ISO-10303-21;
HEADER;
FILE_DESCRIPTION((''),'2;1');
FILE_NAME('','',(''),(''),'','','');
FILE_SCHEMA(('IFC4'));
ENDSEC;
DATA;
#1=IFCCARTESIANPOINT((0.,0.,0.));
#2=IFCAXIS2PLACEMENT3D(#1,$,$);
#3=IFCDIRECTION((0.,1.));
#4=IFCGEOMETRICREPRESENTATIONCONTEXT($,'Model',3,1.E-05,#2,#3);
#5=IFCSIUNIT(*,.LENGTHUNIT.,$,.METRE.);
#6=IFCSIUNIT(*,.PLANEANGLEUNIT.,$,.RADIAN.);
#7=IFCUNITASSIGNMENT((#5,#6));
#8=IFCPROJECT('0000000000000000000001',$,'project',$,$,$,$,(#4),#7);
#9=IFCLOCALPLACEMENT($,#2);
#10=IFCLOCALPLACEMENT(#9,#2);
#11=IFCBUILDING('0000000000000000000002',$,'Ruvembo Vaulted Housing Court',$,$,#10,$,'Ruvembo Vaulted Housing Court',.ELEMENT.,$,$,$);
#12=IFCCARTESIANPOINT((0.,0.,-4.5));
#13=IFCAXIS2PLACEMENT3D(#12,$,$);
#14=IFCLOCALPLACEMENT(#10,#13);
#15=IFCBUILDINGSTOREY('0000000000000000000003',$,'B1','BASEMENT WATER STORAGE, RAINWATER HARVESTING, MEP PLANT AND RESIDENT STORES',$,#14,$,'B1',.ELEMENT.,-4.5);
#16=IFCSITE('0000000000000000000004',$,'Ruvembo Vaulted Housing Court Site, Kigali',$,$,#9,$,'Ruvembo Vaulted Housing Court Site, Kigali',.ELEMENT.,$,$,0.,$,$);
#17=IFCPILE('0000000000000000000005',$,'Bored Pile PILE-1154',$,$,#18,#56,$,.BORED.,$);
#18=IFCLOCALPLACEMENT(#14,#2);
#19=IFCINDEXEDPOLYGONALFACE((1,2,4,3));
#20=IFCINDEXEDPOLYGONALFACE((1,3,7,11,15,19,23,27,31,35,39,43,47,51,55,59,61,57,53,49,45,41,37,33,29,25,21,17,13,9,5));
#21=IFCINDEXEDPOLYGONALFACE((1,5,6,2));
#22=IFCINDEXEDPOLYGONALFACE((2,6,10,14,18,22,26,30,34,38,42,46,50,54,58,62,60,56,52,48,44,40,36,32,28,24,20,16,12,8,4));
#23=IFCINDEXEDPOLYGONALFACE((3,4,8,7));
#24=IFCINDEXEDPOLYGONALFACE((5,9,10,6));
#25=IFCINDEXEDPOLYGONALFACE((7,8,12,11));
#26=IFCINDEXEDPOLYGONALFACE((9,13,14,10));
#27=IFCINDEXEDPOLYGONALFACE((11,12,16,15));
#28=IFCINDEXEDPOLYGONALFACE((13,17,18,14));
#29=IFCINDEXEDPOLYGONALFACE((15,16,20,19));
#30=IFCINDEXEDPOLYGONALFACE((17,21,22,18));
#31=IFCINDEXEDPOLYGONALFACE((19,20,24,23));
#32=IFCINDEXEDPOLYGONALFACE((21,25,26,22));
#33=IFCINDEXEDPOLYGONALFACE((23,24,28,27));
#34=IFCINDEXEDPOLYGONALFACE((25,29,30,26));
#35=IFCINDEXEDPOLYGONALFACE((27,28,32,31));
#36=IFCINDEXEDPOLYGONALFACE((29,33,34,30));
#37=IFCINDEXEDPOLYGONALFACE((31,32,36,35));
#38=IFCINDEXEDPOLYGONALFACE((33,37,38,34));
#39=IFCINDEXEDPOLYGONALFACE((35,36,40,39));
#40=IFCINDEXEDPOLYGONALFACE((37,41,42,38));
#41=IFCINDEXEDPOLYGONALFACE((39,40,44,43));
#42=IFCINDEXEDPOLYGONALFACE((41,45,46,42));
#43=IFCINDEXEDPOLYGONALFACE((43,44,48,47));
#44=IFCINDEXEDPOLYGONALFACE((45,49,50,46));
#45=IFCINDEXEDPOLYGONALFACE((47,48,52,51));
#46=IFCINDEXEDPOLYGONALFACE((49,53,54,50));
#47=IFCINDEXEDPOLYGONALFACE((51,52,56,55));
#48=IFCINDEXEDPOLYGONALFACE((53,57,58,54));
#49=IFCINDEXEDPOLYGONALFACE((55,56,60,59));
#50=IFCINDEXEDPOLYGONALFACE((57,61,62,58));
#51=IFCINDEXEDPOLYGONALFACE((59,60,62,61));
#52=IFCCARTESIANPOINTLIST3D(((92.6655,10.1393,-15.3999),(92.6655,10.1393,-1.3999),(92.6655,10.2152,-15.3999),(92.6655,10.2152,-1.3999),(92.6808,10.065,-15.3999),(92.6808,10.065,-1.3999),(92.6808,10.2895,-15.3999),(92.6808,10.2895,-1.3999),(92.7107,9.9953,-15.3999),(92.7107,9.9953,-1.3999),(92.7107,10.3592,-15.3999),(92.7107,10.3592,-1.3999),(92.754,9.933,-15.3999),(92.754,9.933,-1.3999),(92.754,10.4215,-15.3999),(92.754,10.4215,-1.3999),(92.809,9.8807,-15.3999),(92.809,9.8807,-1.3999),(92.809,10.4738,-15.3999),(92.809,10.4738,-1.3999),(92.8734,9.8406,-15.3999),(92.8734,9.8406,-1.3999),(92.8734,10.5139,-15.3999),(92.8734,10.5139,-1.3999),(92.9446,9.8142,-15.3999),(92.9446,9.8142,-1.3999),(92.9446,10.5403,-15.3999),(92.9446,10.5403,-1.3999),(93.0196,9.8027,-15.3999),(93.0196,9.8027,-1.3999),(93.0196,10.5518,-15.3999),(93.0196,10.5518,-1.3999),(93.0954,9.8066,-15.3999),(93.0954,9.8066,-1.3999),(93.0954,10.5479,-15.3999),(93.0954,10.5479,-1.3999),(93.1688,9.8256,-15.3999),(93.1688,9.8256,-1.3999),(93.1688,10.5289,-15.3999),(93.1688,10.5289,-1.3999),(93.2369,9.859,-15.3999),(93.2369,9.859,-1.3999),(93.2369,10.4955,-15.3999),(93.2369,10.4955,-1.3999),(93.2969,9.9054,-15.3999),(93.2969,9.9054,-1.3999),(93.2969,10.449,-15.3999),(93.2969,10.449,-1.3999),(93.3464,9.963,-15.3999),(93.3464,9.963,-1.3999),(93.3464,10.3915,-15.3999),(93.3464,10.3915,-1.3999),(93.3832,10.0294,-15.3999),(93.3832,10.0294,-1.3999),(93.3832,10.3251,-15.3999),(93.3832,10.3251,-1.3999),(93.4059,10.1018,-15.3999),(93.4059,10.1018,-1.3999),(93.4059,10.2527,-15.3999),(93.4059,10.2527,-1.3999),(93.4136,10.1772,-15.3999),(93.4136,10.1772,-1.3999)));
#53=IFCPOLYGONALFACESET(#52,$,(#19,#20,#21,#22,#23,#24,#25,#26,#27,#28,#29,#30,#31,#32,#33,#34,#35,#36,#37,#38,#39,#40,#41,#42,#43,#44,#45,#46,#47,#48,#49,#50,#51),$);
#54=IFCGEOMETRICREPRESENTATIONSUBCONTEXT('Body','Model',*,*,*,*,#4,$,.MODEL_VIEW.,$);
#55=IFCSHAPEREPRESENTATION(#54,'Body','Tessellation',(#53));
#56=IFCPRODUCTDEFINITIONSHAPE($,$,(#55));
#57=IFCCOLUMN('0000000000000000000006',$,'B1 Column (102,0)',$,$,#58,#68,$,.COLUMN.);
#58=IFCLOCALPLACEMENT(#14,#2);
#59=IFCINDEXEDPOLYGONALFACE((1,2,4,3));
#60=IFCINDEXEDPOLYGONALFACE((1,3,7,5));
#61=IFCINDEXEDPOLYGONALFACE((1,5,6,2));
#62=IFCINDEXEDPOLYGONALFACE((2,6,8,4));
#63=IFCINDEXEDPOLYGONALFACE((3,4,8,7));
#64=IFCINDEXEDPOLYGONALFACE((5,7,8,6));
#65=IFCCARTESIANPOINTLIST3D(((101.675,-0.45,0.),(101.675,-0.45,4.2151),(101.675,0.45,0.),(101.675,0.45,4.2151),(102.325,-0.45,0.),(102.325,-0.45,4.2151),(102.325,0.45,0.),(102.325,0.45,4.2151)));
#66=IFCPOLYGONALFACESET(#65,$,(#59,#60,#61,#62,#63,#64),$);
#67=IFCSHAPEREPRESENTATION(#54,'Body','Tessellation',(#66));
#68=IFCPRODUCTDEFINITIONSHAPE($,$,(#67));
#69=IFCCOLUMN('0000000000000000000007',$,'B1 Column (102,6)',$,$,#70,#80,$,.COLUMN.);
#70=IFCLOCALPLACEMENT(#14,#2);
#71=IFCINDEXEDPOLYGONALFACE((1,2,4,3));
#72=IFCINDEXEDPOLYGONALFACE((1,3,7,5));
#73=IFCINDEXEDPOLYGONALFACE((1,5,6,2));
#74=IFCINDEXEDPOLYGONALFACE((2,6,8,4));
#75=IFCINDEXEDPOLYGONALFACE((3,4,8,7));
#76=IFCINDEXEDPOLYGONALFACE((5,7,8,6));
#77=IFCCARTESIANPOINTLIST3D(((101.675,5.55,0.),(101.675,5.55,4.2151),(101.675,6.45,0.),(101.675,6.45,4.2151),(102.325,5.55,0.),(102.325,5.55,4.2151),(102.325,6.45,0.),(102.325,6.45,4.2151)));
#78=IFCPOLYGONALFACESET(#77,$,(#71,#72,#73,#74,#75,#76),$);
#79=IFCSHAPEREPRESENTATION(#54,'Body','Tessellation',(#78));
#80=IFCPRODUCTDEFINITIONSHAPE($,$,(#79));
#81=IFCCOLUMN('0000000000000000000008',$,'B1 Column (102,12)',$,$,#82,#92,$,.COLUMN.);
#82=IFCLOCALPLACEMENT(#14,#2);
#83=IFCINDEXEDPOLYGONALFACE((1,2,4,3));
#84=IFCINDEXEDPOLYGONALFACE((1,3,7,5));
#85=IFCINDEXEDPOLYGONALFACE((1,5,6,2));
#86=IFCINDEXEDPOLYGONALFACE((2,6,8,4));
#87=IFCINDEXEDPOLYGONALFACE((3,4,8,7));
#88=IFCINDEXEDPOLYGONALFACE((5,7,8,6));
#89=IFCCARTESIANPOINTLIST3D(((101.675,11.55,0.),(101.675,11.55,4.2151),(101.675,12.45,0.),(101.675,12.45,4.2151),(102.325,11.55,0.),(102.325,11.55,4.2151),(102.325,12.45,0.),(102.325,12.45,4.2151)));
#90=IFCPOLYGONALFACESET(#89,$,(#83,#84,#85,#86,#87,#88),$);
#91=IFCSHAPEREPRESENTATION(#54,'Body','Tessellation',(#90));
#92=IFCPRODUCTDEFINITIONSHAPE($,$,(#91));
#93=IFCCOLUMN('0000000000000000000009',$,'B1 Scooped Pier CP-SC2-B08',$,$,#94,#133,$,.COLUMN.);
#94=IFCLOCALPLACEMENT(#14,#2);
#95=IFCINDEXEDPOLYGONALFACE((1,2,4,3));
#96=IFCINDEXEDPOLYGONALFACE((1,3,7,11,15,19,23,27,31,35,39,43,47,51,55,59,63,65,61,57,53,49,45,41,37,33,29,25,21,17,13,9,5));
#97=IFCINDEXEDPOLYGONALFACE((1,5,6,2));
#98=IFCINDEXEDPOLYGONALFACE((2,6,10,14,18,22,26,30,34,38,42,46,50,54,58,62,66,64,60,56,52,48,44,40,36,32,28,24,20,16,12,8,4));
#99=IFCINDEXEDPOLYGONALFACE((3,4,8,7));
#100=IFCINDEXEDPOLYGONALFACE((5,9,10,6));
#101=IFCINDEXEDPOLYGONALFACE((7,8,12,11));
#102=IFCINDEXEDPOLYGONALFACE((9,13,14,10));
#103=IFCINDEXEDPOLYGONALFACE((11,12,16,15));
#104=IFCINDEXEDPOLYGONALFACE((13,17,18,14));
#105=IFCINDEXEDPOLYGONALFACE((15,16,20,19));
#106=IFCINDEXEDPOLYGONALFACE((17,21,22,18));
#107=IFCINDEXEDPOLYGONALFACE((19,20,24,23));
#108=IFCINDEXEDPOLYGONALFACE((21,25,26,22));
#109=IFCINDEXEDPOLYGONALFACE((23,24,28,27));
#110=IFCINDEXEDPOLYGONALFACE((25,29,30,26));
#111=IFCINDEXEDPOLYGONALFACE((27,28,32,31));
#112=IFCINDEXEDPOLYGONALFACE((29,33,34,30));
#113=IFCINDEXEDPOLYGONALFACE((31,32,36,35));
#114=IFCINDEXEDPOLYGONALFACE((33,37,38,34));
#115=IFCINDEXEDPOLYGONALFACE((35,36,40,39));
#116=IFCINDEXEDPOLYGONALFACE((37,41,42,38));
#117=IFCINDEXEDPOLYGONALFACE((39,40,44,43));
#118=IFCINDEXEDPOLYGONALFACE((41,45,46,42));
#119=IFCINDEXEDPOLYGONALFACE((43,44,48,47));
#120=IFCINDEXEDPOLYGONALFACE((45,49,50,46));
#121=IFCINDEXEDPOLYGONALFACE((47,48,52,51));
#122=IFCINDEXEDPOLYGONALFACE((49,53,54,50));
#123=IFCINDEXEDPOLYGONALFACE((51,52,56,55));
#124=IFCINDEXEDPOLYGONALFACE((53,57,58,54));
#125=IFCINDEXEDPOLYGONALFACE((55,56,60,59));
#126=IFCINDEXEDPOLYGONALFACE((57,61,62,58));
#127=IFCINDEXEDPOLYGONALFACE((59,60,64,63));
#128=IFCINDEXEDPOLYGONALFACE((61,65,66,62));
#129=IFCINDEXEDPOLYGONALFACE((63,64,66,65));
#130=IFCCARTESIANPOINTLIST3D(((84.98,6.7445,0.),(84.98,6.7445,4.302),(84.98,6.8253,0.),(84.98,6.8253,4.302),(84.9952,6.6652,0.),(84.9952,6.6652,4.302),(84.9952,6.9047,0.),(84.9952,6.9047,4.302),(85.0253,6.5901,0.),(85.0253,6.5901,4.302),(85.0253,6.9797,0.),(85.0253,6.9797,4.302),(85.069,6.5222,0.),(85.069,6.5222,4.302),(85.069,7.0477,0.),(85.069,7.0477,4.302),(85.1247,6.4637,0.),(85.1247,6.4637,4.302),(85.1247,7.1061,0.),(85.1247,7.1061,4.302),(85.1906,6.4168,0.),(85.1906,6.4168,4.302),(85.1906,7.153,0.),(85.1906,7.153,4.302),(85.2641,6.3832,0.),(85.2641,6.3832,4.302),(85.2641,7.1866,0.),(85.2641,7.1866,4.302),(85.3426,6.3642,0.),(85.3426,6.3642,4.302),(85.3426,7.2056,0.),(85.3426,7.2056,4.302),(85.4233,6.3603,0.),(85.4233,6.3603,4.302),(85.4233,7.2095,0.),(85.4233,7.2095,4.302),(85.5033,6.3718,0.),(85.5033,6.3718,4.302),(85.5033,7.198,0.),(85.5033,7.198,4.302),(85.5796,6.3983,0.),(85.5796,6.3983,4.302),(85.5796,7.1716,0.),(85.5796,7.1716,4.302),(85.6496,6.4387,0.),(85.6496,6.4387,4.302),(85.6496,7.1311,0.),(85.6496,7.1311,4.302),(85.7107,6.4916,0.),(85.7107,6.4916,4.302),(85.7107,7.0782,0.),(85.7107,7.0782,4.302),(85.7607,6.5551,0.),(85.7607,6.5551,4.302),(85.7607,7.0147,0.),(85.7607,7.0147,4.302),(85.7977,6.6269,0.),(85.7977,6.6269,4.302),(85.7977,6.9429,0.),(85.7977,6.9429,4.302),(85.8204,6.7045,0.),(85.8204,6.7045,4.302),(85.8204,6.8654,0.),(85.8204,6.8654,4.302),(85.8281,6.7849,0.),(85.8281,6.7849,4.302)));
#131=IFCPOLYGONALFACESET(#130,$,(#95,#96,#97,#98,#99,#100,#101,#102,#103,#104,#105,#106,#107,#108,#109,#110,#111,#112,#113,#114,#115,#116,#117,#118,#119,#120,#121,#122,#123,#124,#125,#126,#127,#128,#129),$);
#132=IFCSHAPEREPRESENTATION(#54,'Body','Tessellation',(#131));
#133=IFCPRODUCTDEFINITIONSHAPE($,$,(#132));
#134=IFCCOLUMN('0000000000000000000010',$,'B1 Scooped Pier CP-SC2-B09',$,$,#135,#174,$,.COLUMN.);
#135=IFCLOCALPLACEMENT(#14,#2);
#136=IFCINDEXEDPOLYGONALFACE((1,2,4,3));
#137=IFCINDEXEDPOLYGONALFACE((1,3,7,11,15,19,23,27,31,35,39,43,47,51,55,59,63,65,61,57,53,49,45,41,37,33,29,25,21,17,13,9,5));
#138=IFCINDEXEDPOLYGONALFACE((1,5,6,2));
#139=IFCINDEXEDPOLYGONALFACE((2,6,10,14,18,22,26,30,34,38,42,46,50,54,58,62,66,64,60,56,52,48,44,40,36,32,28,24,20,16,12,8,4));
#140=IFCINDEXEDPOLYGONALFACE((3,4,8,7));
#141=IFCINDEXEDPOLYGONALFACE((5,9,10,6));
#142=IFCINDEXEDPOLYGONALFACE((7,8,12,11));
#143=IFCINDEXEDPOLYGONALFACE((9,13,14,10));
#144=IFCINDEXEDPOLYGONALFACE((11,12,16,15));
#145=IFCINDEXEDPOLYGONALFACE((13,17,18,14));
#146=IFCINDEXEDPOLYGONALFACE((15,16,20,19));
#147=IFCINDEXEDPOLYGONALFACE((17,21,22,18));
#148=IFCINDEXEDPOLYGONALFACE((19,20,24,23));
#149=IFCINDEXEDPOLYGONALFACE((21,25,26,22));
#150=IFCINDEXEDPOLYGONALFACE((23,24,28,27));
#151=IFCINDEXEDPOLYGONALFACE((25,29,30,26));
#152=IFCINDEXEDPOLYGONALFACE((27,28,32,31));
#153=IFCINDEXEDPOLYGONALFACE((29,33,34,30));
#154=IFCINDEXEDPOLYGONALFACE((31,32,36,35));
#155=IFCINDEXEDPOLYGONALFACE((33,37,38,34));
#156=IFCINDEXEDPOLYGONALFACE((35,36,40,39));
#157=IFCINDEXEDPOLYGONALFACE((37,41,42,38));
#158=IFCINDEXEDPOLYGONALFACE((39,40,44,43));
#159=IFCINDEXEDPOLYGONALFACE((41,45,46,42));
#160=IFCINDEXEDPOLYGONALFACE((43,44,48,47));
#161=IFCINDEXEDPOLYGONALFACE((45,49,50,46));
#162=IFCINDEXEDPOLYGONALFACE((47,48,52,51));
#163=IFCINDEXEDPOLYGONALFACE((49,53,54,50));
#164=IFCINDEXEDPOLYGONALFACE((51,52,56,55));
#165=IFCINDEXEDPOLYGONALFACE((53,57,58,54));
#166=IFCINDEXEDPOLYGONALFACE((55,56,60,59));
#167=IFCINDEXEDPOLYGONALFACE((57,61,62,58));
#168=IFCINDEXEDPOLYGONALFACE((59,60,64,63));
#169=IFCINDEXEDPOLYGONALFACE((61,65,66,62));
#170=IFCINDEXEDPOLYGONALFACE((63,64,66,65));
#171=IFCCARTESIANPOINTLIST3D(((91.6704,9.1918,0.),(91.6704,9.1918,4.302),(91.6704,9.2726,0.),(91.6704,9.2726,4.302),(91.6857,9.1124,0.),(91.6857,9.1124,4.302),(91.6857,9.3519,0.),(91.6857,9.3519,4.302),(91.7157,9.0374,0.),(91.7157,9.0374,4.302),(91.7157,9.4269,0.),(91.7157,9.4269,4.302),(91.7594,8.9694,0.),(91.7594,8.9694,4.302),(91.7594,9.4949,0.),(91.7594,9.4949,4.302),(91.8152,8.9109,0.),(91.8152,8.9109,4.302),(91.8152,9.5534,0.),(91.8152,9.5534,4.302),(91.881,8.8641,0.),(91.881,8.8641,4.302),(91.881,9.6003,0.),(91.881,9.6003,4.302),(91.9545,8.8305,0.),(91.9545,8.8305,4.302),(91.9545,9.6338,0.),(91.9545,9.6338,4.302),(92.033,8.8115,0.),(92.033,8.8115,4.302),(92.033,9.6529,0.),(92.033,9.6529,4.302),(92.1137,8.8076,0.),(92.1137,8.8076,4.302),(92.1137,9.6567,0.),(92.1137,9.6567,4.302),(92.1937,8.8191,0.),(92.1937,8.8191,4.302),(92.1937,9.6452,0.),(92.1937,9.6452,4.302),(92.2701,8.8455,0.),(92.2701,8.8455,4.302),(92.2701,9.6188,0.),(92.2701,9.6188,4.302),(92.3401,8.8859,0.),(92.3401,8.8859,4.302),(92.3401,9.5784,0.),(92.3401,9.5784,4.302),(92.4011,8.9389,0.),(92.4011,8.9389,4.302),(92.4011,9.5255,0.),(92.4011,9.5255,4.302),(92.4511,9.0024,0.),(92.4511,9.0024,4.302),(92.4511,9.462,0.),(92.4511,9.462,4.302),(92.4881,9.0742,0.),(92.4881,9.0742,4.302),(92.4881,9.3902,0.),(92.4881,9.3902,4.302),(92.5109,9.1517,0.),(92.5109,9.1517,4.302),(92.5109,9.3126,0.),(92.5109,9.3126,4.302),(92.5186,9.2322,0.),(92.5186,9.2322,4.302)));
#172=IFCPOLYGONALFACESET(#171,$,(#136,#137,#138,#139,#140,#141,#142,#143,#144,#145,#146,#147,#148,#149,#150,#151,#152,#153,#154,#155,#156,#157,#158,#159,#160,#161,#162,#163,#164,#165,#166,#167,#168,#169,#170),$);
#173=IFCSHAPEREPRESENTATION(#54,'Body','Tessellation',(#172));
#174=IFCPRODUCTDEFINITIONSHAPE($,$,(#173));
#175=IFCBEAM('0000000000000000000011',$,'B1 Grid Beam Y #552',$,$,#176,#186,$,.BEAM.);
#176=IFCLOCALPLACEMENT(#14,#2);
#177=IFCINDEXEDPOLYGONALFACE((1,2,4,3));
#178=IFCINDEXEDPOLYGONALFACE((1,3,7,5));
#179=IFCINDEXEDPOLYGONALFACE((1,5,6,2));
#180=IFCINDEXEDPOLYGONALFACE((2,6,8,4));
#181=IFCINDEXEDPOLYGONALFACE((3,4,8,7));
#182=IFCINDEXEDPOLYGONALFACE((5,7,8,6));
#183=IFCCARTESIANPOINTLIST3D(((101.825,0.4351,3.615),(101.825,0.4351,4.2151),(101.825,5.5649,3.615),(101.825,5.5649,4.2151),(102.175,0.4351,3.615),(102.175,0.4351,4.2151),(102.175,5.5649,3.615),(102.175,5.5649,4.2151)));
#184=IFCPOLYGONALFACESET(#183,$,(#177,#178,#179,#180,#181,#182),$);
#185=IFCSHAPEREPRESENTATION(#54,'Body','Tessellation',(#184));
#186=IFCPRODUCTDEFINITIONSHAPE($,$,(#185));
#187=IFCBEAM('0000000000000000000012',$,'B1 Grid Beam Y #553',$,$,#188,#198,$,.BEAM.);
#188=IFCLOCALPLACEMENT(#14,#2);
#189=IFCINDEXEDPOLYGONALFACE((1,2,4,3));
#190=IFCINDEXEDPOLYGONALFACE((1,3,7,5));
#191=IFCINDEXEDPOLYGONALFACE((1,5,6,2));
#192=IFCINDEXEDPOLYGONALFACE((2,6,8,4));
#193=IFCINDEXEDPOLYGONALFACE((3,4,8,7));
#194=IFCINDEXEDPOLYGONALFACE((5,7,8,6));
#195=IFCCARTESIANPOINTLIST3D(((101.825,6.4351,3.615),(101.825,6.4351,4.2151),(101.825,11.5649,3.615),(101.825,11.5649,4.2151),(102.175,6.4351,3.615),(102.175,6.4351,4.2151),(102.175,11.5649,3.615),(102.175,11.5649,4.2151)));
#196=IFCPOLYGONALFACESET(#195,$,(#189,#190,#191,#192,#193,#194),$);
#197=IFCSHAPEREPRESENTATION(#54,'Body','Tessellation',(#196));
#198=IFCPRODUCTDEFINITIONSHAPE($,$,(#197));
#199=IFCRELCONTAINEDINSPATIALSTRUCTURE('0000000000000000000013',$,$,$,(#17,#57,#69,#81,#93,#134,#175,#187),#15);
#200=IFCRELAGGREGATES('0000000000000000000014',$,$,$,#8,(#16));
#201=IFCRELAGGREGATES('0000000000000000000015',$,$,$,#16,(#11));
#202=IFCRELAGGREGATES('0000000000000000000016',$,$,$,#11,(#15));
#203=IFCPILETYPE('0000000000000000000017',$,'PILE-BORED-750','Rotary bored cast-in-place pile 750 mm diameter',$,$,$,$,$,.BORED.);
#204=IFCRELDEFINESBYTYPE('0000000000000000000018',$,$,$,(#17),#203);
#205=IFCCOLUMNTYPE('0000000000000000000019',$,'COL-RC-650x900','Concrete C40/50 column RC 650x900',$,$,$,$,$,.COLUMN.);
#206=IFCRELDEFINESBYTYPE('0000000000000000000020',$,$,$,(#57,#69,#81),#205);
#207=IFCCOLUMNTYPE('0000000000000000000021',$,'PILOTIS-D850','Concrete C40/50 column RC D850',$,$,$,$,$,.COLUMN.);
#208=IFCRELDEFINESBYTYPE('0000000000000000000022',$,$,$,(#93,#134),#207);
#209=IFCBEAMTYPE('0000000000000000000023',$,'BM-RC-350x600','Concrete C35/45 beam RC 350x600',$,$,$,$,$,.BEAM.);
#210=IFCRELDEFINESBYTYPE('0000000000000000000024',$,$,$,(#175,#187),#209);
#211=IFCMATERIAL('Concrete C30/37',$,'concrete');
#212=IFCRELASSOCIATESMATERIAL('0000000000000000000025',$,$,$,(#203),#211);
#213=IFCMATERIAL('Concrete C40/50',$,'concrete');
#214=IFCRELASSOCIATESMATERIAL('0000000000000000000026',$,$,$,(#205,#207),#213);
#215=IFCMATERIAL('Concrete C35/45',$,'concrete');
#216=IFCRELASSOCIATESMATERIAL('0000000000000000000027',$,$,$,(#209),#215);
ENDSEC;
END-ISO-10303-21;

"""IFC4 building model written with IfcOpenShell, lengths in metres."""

from ifc_helpers import new_model, si_unit, direction, frame, origin, origin_2d, place, context, subcontext, project, spatial, rectangle, circle, extrude, material, material_profile, profile_set, type_object, element, save


model = new_model("IFC4")

# Units and contexts
model_context = context("Model", 3, precision=1e-05, world=origin(), true_north=direction((0.0, 1.0)))
body_context = subcontext(model_context, "Body", "Model", "MODEL_VIEW")
ifc_project = project(units=[si_unit("LENGTHUNIT", "METRE"), si_unit("PLANEANGLEUNIT", "RADIAN")], contexts=[model_context])

# Site, building, storey
site_placement = place(None, origin())
site = spatial("IfcSite", under=ifc_project, at=site_placement, Name="Ruvembo Vaulted Housing Court Site, Kigali", LongName="Ruvembo Vaulted Housing Court Site, Kigali", CompositionType="ELEMENT", RefElevation=0.0)
building_placement = place(site_placement, origin())
building = spatial("IfcBuilding", under=site, at=building_placement, Name="Ruvembo Vaulted Housing Court", LongName="Ruvembo Vaulted Housing Court", CompositionType="ELEMENT")
storey_placement = place(building_placement, frame((0.0, 0.0, -4.5)))
storey = spatial("IfcBuildingStorey", under=building, at=storey_placement, Name="B1", Description="BASEMENT WATER STORAGE, RAINWATER HARVESTING, MEP PLANT AND RESIDENT STORES", LongName="B1", CompositionType="ELEMENT", Elevation=-4.5)

# Shared definitions
ifc_material_1 = material(Name="Concrete C35/45", Category="concrete")

# Pile
ifc_material_2 = material(Name="Concrete C30/37", Category="concrete")
ifc_material_profile_1 = material_profile(ifc_material_2, circle(Radius=0.375, at=origin_2d()), Name="PILE D750")
ifc_profile_set_1 = profile_set([ifc_material_profile_1], Name="Concrete C30/37")
pile_type = type_object("IfcPileType", Name="PILE-BORED-750", Description="Rotary bored cast-in-place pile 750 mm diameter", PredefinedType="BORED", material=ifc_profile_set_1)
for number, where, z_axis, x_axis, name in (
    (1, (93.0386, 10.1772, -1.3999), (0.0, 0.0, -1.0), (1.0, 0.0, 0.0), "Bored Pile PILE-1154"),
):
    element("IfcPile", number, at=place(storey_placement, frame(where, z_axis=z_axis, x_axis=x_axis)), inside=storey, type_object=pile_type, Name=name, PredefinedType="BORED", context=body_context, shape_type="SweptSolid", body=[
        extrude(circle(Radius=0.375, at=origin_2d()), origin(), (0.0, 0.0, 1.0), 14.0),
    ])

# Columns
ifc_material_3 = material(Name="Concrete C40/50", Category="concrete")
ifc_material_profile_2 = material_profile(ifc_material_3, rectangle(XDim=0.6499, YDim=0.8999, at=origin_2d()), Name="RC 650x900")
ifc_profile_set_2 = profile_set([ifc_material_profile_2], Name="Concrete C40/50")
column_type_1 = type_object("IfcColumnType", Name="COL-RC-650x900", Description="Concrete C40/50 column RC 650x900", PredefinedType="COLUMN", material=ifc_profile_set_2)
for number, where, z_axis, x_axis, name in (
    (2, (102.0, 0.0, 0.0), (0.0, 0.0, 1.0), (1.0, 0.0, 0.0), "B1 Column (102,0)"),
    (3, (102.0, 6.0, 0.0), (0.0, 0.0, 1.0), (1.0, 0.0, 0.0), "B1 Column (102,6)"),
    (4, (102.0, 12.0, 0.0), (0.0, 0.0, 1.0), (1.0, 0.0, 0.0), "B1 Column (102,12)"),
):
    element("IfcColumn", number, at=place(storey_placement, frame(where, z_axis=z_axis, x_axis=x_axis)), inside=storey, type_object=column_type_1, Name=name, PredefinedType="COLUMN", context=body_context, shape_type="SweptSolid", body=[
        extrude(rectangle(XDim=0.6499, YDim=0.8999, at=origin_2d()), origin(), (0.0, 0.0, 1.0), 4.2151),
    ])
ifc_material_profile_3 = material_profile(ifc_material_3, circle(Radius=0.425, at=origin_2d()), Name="RC D850")
ifc_profile_set_3 = profile_set([ifc_material_profile_3], Name="Concrete C40/50")
column_type_2 = type_object("IfcColumnType", Name="PILOTIS-D850", Description="Concrete C40/50 column RC D850", PredefinedType="COLUMN", material=ifc_profile_set_3)
for number, where, z_axis, x_axis, name in (
    (5, (85.4031, 6.7849, 0.0), (0.0, 0.0, 1.0), (1.0, 0.0, 0.0), "B1 Scooped Pier CP-SC2-B08"),
    (6, (92.0935, 9.2322, 0.0), (0.0, 0.0, 1.0), (1.0, 0.0, 0.0), "B1 Scooped Pier CP-SC2-B09"),
):
    element("IfcColumn", number, at=place(storey_placement, frame(where, z_axis=z_axis, x_axis=x_axis)), inside=storey, type_object=column_type_2, Name=name, PredefinedType="COLUMN", context=body_context, shape_type="SweptSolid", body=[
        extrude(circle(Radius=0.425, at=origin_2d()), origin(), (0.0, 0.0, 1.0), 4.302),
    ])

# Beams
ifc_material_profile_4 = material_profile(ifc_material_1, rectangle(XDim=0.3501, YDim=0.6001, at=origin_2d()), Name="RC 350x600")
ifc_profile_set_4 = profile_set([ifc_material_profile_4], Name="Concrete C35/45")
beam_type = type_object("IfcBeamType", Name="BM-RC-350x600", Description="Concrete C35/45 beam RC 350x600", PredefinedType="BEAM", material=ifc_profile_set_4)
for number, where, z_axis, x_axis, name in (
    (7, (102.0, 0.4351, 3.915), (0.0, 1.0, 0.0), (-1.0, 0.0, 0.0), "B1 Grid Beam Y #552"),
    (8, (102.0, 6.4351, 3.915), (0.0, 1.0, 0.0), (-1.0, 0.0, 0.0), "B1 Grid Beam Y #553"),
):
    element("IfcBeam", number, at=place(storey_placement, frame(where, z_axis=z_axis, x_axis=x_axis)), inside=storey, type_object=beam_type, Name=name, PredefinedType="BEAM", context=body_context, shape_type="SweptSolid", body=[
        extrude(rectangle(XDim=0.3501, YDim=0.6001, at=origin_2d()), origin(), (0.0, 0.0, 1.0), 5.1299),
    ])

save(model, "model.ifc")
